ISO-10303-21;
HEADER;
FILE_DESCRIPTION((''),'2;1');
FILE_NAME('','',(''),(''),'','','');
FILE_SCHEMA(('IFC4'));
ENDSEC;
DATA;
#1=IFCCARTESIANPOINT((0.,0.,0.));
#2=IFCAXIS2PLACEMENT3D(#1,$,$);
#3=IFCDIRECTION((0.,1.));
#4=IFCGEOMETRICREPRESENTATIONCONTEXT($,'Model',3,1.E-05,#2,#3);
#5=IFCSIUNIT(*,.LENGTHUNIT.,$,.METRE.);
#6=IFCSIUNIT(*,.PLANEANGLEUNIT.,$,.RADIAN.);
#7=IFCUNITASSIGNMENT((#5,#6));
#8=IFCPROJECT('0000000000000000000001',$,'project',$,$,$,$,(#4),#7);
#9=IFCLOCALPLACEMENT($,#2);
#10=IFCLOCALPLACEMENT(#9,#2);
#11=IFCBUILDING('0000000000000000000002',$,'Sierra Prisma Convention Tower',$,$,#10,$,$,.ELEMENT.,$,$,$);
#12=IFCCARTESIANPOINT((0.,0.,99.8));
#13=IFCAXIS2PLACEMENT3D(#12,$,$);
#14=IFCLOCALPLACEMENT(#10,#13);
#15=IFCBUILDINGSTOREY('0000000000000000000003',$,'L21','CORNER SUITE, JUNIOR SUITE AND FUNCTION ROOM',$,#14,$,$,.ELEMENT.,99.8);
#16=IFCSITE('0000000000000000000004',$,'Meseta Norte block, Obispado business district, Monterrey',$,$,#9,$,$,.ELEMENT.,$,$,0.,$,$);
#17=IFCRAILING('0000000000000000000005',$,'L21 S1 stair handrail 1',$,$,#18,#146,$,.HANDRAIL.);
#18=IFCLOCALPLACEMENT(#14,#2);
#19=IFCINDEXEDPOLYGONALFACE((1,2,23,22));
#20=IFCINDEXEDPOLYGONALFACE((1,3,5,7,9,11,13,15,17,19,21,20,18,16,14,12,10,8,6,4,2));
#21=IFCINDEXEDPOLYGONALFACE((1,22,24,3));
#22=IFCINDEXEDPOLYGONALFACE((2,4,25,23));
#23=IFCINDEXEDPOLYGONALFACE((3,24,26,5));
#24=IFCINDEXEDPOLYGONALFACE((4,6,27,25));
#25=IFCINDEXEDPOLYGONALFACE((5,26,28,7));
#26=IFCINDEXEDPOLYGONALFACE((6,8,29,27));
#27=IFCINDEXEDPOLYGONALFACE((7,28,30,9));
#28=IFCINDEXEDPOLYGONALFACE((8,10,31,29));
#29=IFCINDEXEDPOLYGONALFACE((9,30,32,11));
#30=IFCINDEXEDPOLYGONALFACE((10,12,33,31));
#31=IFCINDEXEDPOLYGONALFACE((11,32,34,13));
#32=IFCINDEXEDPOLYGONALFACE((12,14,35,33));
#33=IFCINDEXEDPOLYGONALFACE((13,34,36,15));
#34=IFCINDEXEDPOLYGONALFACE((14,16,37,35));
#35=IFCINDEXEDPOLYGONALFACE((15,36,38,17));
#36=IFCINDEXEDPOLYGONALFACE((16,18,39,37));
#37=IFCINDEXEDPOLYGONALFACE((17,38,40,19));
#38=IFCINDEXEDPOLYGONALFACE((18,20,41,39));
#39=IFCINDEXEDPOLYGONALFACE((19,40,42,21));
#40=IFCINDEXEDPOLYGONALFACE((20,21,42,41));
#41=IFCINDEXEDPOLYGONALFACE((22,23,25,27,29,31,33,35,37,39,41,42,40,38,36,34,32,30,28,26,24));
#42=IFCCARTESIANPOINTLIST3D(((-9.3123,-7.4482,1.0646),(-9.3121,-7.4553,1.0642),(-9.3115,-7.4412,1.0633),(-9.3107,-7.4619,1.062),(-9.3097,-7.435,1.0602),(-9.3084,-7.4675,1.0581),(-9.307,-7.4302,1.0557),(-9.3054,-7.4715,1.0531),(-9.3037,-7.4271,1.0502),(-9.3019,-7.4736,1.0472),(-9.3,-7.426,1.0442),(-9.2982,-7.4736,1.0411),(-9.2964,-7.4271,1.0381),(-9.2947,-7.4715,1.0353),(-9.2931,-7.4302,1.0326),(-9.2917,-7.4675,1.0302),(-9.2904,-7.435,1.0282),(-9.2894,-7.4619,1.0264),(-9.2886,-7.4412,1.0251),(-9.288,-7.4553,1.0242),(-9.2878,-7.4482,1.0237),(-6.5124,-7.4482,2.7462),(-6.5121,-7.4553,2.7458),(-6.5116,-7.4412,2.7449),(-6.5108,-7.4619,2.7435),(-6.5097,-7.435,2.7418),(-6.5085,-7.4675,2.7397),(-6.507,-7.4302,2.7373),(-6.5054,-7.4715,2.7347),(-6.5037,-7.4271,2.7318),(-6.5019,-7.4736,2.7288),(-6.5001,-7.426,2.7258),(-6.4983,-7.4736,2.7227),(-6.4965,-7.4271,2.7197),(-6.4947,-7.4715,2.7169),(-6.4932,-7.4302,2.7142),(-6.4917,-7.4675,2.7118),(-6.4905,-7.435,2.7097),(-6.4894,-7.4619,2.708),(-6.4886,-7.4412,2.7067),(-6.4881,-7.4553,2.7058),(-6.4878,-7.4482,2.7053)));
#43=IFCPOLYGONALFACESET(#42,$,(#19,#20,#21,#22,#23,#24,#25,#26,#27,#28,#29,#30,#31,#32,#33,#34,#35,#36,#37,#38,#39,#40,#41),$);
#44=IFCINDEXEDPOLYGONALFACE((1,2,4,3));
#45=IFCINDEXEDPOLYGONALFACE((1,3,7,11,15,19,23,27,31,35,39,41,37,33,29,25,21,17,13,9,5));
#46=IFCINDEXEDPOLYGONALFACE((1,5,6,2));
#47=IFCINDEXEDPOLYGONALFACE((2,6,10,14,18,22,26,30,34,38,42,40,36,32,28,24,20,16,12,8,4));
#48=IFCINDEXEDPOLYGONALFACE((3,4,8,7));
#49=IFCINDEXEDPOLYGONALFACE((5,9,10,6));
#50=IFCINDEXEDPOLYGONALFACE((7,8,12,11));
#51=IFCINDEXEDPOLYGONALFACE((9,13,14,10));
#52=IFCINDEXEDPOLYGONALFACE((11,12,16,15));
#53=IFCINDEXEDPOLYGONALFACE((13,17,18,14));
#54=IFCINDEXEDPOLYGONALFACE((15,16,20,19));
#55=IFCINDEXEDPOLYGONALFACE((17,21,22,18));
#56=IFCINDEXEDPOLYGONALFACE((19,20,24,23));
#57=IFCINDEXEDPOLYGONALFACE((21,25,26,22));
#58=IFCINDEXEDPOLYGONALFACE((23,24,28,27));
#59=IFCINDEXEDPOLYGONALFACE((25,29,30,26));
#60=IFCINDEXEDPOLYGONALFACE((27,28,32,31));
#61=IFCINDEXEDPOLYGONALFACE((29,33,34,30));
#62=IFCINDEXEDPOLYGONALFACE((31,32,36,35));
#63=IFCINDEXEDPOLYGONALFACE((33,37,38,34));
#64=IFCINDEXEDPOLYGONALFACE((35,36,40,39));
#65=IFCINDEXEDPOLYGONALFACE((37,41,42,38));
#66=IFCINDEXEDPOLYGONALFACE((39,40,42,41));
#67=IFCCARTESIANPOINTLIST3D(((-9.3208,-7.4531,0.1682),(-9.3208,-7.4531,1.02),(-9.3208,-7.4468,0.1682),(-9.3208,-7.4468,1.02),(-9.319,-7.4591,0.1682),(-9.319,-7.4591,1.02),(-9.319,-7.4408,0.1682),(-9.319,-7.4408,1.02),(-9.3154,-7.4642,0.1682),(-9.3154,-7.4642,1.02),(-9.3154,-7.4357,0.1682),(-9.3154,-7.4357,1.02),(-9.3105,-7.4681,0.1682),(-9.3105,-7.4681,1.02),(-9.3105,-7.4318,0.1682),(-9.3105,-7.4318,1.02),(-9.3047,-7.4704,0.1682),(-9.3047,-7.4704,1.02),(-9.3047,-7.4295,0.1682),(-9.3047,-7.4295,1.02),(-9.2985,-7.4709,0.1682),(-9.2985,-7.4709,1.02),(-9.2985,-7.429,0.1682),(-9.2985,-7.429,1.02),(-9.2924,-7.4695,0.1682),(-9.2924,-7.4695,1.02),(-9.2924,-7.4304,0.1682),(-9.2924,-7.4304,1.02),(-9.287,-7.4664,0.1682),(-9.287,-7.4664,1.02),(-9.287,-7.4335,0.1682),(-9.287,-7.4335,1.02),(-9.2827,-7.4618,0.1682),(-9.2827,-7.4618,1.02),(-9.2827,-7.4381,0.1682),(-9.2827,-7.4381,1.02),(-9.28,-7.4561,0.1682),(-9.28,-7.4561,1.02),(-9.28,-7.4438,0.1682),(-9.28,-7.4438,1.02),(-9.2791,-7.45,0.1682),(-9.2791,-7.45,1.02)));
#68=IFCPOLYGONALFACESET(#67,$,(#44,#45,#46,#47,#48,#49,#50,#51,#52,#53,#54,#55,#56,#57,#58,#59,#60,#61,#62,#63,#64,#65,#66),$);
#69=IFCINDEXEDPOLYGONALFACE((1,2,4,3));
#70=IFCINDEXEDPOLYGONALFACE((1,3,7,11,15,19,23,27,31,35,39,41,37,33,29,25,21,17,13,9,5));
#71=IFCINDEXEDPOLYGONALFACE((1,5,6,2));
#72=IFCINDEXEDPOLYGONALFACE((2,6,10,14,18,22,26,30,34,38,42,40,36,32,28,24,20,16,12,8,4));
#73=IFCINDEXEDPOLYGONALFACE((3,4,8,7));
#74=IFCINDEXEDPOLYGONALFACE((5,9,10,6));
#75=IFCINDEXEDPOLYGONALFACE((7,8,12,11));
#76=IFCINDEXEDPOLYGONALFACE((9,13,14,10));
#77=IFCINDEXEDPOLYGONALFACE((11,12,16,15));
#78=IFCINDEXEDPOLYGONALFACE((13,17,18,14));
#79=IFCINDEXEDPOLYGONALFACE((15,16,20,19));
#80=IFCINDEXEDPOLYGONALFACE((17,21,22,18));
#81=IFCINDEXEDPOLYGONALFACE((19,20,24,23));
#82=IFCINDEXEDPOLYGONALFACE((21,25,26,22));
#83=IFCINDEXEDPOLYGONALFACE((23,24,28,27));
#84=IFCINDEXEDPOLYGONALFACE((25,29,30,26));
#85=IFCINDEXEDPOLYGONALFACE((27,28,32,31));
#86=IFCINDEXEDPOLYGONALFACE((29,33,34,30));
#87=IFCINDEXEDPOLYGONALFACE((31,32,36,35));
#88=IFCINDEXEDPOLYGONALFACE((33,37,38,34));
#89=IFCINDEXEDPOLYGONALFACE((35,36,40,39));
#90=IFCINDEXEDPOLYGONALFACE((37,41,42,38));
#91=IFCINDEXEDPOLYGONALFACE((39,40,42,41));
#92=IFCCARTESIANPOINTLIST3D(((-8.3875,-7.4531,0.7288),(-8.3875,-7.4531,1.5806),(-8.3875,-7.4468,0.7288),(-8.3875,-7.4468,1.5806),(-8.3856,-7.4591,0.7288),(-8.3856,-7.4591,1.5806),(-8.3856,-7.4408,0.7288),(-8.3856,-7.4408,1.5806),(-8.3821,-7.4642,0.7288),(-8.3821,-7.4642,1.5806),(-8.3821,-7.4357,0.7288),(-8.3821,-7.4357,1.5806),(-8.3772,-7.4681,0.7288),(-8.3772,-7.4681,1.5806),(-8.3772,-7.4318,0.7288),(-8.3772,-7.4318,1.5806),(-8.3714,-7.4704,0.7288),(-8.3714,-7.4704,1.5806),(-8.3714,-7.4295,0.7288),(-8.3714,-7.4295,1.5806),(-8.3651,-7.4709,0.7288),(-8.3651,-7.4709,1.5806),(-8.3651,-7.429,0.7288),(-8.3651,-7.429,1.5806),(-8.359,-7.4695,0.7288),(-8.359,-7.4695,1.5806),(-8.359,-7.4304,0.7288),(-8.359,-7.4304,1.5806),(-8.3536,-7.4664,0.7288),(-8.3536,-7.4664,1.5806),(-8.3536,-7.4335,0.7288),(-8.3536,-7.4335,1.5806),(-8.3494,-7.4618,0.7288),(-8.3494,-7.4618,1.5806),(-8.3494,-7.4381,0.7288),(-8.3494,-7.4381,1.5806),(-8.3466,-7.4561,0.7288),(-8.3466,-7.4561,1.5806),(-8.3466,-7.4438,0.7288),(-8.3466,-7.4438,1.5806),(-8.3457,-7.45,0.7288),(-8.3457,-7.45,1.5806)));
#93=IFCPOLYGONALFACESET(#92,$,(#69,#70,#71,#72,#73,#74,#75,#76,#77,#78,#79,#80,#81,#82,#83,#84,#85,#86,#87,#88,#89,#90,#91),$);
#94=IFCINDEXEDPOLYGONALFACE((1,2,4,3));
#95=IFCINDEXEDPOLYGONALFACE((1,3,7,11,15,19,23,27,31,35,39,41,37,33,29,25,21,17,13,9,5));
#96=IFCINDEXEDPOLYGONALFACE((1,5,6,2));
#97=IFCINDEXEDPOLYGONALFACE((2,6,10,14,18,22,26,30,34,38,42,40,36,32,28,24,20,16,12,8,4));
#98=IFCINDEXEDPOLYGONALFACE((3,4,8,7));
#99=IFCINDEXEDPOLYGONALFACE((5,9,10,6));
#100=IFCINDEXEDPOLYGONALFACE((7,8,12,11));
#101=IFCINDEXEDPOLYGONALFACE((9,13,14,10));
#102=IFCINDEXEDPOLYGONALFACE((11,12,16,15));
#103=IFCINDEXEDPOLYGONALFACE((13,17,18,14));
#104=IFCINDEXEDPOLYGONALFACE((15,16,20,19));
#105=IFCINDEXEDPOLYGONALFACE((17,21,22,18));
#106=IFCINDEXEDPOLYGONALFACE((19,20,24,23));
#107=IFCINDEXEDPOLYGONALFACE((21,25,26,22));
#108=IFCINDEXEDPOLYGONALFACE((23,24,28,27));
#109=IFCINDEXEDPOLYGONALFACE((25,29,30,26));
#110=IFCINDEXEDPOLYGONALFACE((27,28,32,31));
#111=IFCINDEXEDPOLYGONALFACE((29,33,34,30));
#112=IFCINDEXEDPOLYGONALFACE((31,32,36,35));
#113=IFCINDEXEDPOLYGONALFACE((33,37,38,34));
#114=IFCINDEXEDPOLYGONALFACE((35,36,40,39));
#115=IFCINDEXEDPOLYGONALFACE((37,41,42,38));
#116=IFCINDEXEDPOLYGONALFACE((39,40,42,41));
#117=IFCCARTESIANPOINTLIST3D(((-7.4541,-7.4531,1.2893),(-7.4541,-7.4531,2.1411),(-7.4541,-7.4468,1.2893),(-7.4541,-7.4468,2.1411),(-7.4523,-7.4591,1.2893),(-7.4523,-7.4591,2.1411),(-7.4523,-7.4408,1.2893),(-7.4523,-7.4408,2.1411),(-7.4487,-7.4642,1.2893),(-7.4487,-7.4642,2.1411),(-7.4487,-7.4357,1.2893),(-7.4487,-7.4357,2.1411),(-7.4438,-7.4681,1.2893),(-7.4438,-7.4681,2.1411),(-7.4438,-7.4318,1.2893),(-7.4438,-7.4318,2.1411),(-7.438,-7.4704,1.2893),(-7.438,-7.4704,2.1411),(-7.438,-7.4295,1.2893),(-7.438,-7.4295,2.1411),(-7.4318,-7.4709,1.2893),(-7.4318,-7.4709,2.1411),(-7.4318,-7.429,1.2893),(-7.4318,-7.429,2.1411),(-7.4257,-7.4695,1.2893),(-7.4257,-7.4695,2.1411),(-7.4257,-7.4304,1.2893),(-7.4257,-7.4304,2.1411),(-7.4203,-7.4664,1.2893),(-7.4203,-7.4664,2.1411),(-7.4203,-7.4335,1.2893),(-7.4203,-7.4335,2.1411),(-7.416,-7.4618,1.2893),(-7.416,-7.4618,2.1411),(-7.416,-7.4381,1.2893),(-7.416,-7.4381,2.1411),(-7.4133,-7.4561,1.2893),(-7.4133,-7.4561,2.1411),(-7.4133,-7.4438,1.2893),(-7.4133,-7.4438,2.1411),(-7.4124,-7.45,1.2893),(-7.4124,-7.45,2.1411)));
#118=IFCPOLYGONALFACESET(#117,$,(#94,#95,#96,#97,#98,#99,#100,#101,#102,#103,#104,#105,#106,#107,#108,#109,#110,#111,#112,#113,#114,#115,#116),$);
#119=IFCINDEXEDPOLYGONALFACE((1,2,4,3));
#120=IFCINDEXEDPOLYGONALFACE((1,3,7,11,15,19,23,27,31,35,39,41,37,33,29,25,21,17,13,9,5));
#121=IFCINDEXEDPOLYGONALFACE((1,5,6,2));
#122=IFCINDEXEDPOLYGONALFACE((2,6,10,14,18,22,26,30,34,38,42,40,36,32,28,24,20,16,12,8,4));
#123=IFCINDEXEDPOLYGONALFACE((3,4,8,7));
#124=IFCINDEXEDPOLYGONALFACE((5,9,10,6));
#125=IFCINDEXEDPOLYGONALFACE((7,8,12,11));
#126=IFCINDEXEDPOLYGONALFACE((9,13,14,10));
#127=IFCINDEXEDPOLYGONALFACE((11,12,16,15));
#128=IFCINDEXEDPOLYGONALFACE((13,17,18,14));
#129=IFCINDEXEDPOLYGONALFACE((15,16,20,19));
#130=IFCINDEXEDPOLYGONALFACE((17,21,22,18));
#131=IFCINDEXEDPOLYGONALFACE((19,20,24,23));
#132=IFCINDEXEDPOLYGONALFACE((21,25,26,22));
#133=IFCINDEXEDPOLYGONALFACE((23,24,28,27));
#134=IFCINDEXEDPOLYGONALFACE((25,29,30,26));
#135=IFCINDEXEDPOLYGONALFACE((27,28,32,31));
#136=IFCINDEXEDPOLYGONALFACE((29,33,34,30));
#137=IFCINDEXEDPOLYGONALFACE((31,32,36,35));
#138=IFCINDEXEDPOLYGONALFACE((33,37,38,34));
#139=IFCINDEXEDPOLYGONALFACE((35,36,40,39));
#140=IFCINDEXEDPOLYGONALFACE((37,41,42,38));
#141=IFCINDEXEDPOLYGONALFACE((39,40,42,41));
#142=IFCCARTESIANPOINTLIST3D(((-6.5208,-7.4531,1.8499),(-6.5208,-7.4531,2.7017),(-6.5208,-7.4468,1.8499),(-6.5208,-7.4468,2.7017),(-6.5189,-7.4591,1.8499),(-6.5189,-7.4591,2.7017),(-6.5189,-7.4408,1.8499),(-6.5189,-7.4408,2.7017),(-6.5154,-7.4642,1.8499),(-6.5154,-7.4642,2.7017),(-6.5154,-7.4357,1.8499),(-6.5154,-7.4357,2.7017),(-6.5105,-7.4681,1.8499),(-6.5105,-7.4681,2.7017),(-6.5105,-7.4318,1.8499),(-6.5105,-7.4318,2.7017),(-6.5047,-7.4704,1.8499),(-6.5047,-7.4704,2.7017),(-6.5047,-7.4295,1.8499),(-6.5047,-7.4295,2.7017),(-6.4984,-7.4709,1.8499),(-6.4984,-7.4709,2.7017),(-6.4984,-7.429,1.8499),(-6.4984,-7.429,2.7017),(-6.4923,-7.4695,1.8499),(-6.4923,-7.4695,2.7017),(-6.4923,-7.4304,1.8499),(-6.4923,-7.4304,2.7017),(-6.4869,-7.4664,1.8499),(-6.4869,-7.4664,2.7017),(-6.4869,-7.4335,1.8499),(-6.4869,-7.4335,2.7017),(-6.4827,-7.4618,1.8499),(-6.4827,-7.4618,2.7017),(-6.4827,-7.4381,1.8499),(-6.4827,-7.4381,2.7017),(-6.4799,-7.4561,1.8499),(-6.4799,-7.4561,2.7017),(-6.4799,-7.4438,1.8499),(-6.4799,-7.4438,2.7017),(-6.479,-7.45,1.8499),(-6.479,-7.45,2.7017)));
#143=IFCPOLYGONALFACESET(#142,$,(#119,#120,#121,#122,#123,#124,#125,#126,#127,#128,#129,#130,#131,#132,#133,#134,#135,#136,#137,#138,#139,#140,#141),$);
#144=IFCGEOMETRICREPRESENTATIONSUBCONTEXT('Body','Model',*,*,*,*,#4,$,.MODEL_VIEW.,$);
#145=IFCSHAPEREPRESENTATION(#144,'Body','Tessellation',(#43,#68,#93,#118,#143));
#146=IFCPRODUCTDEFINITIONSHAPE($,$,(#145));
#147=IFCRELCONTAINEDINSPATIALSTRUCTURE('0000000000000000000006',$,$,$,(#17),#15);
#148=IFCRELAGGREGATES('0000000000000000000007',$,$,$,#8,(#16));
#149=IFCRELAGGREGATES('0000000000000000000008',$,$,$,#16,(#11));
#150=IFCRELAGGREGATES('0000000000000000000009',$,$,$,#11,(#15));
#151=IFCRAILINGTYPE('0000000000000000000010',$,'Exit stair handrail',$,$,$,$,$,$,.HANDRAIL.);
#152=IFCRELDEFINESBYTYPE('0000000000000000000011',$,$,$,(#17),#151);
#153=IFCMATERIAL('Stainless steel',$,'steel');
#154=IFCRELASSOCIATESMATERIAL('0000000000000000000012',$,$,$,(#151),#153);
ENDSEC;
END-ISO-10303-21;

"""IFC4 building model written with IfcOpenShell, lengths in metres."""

from ifc_helpers import new_model, si_unit, direction, frame, origin, origin_2d, place, context, subcontext, project, spatial, circle, extrude, material, type_object, element, save


model = new_model("IFC4")

# Units and contexts
model_context = context("Model", 3, precision=1e-05, world=origin(), true_north=direction((0.0, 1.0)))
body_context = subcontext(model_context, "Body", "Model", "MODEL_VIEW")
ifc_project = project(units=[si_unit("LENGTHUNIT", "METRE"), si_unit("PLANEANGLEUNIT", "RADIAN")], contexts=[model_context])

# Site, building, storey
site_placement = place(None, origin())
site = spatial("IfcSite", under=ifc_project, at=site_placement, Name="Meseta Norte block, Obispado business district, Monterrey", CompositionType="ELEMENT", RefElevation=0.0)
building_placement = place(site_placement, origin())
building = spatial("IfcBuilding", under=site, at=building_placement, Name="Sierra Prisma Convention Tower", CompositionType="ELEMENT")
storey_placement = place(building_placement, frame((0.0, 0.0, 99.8)))
storey = spatial("IfcBuildingStorey", under=building, at=storey_placement, Name="L21", Description="CORNER SUITE, JUNIOR SUITE AND FUNCTION ROOM", CompositionType="ELEMENT", Elevation=99.8)

# Railing
ifc_material_1 = material(Name="Stainless steel", Category="steel")
railing_type_1 = type_object("IfcRailingType", Name="Exit stair handrail", PredefinedType="HANDRAIL", material=ifc_material_1)
railing_1_placement = place(storey_placement, frame((-9.3, -7.45, 0.1682)))
element("IfcRailing", 1, at=railing_1_placement, inside=storey, type_object=railing_type_1, Name="L21 S1 stair handrail 1", PredefinedType="HANDRAIL", context=body_context, shape_type="SweptSolid", body=[
    extrude(circle(Radius=0.0239, at=origin_2d()), frame((0.0, 0.0, 0.876), z_axis=(0.857275, 0.0, 0.514858), x_axis=(0.0, 1.0, 0.0)), (0.0, 0.0, 1.0), 3.2661),
    extrude(circle(Radius=0.021, at=origin_2d()), origin(), (0.0, 0.0, 1.0), 0.8518),
    extrude(circle(Radius=0.021, at=origin_2d()), frame((0.9333, 0.0, 0.5605)), (0.0, 0.0, 1.0), 0.8518),
    extrude(circle(Radius=0.021, at=origin_2d()), frame((1.8667, 0.0, 1.1211)), (0.0, 0.0, 1.0), 0.8518),
    extrude(circle(Radius=0.021, at=origin_2d()), frame((2.8, 0.0, 1.6816)), (0.0, 0.0, 1.0), 0.8518),
])

save(model, "model.ifc")
